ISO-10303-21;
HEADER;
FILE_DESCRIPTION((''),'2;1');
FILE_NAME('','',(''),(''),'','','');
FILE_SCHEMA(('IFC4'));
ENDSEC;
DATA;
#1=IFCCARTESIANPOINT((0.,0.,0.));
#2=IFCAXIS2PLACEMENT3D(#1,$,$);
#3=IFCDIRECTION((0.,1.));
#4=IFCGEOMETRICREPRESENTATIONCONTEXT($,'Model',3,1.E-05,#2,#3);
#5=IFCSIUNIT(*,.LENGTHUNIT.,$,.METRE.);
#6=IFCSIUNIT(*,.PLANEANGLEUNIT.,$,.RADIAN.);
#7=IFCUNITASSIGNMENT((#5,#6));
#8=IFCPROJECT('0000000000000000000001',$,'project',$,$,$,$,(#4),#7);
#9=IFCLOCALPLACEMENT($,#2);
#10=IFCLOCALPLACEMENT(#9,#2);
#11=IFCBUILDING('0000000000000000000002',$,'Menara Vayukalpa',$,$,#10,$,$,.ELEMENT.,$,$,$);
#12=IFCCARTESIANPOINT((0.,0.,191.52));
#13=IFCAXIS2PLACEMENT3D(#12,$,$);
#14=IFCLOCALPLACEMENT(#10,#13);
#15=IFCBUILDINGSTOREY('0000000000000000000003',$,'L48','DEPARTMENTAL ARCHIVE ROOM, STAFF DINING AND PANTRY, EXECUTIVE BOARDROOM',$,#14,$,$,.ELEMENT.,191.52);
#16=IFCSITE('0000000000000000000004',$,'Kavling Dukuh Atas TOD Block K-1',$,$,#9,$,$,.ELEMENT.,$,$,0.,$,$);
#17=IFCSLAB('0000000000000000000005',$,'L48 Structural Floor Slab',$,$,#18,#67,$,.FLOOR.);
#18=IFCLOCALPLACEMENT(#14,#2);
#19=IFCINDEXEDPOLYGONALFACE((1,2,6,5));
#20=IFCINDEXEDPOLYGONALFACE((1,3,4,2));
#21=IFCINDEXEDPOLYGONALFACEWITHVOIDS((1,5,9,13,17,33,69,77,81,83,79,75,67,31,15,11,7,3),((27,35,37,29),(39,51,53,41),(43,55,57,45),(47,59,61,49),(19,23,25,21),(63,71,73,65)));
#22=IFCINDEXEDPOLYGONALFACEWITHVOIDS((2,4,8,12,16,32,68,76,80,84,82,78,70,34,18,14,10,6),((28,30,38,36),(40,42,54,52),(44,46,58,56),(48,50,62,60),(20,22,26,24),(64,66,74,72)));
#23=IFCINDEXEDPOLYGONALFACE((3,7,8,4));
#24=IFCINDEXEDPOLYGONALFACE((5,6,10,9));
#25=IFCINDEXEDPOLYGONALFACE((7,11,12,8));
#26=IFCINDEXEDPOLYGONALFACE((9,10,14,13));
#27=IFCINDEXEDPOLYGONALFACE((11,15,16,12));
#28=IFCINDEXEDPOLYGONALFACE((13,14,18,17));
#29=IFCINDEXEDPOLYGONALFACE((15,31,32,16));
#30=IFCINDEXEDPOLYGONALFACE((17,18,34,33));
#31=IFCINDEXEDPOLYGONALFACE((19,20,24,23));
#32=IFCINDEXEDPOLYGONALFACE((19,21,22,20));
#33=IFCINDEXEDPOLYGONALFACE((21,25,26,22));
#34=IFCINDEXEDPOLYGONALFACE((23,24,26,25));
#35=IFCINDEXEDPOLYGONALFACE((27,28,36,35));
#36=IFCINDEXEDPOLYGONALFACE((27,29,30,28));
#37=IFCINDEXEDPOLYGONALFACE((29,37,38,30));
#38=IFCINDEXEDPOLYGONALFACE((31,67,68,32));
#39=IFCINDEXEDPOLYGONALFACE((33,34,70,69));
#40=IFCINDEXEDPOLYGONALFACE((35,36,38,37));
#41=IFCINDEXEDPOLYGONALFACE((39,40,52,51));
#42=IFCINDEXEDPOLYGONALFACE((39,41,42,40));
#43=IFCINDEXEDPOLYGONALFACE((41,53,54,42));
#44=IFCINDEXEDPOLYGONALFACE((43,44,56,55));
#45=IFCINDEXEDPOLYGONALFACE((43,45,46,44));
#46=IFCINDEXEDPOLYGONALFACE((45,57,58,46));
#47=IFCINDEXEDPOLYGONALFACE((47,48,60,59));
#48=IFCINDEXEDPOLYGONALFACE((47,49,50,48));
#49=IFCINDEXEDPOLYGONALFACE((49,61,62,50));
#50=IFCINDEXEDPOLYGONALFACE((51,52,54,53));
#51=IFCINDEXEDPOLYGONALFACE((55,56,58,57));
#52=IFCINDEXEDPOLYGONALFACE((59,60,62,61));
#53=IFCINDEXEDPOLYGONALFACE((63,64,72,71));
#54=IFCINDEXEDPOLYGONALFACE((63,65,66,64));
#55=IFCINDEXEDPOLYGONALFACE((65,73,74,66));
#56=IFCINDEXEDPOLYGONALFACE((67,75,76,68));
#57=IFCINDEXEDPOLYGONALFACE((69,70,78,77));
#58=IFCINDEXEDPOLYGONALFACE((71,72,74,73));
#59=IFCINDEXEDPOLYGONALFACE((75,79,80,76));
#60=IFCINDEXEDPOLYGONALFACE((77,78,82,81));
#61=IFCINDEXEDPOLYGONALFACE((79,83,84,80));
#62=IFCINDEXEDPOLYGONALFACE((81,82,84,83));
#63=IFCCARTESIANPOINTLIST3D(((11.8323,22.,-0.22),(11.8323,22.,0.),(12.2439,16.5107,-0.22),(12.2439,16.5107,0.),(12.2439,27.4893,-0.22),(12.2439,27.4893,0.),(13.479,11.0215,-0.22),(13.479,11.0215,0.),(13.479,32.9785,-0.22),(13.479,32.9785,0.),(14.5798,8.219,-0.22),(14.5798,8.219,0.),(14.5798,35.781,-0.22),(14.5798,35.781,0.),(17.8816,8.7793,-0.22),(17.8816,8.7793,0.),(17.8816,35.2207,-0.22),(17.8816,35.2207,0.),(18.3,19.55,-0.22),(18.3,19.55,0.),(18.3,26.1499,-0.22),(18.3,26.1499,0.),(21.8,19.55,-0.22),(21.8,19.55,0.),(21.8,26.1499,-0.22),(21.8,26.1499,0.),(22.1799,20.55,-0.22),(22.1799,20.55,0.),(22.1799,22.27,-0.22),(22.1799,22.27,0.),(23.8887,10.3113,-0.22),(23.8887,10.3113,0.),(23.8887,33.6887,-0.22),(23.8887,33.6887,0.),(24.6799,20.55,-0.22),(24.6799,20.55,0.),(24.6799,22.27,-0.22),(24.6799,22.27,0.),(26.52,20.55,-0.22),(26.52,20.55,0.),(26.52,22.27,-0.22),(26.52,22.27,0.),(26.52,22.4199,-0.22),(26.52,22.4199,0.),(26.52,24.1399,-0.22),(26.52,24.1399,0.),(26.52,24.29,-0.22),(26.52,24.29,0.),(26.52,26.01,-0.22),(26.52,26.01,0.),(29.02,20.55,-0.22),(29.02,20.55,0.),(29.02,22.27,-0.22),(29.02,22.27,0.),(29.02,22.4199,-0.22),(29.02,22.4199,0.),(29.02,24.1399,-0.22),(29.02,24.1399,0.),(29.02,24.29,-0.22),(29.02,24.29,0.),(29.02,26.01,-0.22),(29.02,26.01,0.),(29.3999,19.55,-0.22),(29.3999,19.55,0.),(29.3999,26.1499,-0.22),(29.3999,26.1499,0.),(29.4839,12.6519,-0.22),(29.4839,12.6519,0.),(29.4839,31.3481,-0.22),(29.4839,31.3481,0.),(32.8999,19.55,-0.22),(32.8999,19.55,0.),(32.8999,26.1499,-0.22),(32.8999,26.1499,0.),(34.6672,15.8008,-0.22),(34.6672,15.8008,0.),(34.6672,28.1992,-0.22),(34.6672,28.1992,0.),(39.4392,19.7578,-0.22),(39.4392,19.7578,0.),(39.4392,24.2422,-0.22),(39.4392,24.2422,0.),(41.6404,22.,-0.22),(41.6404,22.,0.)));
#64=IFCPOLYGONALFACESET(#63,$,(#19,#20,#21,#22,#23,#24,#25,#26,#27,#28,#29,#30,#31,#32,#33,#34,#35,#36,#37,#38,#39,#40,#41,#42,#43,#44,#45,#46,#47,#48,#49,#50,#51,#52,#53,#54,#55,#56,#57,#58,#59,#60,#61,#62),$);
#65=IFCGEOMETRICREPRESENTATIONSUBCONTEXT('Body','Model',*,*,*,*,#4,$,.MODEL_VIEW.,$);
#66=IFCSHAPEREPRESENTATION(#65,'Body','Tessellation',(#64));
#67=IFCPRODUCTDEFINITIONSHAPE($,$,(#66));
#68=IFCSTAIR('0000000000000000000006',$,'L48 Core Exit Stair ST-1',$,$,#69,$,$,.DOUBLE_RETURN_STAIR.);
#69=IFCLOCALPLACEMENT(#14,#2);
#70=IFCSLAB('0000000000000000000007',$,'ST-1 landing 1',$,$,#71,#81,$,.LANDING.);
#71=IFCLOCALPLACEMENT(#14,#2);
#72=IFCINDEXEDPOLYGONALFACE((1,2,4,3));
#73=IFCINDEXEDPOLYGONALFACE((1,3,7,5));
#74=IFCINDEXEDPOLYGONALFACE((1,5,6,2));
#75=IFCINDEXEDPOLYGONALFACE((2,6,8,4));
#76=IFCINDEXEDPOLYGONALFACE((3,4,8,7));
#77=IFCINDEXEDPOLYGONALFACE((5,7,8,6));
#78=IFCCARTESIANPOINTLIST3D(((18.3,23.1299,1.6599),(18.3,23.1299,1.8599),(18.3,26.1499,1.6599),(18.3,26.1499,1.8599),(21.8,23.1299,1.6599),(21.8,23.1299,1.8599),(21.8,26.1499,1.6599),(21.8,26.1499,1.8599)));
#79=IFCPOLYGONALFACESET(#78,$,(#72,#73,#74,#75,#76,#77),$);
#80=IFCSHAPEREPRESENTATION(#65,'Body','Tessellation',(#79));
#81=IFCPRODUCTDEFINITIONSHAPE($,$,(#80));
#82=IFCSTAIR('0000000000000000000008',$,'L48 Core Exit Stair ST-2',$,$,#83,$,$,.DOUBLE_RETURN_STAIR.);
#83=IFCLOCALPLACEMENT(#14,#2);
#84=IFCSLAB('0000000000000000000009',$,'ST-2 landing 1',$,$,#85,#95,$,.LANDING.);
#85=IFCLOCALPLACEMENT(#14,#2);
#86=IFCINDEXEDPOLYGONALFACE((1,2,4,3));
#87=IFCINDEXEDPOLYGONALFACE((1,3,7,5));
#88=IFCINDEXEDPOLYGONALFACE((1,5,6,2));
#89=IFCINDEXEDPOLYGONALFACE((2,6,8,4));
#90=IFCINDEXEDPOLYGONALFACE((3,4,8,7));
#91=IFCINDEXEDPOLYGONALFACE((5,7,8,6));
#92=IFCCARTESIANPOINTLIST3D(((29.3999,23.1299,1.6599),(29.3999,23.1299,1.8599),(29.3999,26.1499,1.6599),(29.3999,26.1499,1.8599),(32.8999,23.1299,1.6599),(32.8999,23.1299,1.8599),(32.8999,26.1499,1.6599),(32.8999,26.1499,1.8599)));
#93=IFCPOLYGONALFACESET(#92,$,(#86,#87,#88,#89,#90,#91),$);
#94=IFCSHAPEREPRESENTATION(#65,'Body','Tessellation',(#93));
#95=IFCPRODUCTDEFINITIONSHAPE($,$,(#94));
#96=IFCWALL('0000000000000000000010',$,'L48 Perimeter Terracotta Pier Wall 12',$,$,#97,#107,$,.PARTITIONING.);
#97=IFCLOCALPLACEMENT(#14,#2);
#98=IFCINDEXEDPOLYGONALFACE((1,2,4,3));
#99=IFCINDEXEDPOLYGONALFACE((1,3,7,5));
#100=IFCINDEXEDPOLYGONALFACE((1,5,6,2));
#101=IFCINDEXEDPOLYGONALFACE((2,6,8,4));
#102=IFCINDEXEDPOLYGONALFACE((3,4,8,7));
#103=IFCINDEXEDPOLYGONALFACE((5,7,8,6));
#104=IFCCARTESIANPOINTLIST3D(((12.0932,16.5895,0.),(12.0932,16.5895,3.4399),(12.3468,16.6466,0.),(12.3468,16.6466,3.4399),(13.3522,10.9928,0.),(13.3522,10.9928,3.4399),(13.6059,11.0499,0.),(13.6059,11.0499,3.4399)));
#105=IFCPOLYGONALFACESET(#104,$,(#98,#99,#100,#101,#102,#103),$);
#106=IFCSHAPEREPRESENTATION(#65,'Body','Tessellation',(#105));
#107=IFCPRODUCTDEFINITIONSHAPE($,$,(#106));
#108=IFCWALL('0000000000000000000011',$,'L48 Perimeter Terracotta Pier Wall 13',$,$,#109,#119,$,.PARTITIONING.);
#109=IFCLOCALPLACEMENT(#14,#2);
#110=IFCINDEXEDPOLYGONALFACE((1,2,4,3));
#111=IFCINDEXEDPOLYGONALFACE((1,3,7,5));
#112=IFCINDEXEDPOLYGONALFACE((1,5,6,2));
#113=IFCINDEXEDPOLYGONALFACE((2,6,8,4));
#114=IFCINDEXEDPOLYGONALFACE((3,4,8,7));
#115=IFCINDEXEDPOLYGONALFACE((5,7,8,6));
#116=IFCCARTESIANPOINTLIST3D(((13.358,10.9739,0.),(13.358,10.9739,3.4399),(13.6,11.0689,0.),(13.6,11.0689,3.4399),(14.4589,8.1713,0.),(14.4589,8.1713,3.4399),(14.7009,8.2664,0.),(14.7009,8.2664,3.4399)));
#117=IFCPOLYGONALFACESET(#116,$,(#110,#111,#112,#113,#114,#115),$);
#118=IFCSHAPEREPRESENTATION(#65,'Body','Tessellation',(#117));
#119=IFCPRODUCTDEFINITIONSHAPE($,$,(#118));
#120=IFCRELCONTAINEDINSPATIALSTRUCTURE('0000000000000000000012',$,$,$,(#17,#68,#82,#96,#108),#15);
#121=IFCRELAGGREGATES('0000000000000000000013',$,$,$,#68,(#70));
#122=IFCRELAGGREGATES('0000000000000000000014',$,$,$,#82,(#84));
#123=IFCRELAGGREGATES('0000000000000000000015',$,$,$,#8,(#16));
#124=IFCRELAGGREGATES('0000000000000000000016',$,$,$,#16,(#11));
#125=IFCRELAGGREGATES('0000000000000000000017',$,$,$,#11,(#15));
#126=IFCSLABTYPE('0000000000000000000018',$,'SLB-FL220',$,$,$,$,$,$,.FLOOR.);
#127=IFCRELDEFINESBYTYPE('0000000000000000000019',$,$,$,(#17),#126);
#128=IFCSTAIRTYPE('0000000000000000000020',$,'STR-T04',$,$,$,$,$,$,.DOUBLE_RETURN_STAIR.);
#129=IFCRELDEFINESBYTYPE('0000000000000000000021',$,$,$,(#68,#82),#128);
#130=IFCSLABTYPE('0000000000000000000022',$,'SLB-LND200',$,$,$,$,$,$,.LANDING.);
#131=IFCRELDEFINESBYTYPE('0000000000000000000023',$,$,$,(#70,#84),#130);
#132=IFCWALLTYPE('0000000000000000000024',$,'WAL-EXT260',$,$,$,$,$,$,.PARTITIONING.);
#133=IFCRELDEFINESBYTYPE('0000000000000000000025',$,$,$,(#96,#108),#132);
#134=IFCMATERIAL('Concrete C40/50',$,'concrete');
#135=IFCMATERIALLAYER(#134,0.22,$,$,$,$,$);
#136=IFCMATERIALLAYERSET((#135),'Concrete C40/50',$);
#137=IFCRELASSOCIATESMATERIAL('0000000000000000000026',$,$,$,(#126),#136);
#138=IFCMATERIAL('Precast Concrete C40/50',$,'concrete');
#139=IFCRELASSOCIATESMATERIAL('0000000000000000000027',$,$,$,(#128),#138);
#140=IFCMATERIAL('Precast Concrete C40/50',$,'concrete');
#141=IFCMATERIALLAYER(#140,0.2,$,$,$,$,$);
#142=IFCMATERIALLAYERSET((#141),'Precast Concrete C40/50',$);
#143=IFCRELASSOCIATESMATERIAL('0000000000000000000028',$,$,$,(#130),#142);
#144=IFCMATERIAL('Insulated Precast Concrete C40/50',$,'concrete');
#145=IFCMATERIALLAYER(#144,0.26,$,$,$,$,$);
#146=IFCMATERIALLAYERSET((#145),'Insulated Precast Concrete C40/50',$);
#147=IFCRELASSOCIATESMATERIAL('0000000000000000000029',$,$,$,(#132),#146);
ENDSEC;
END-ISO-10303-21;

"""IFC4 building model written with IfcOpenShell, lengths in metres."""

from ifc_helpers import new_model, si_unit, direction, frame, frame_2d, origin, place, context, subcontext, project, spatial, polyline, rectangle, outline, extrude, material, layer, layer_set, type_object, element, aggregate, save


model = new_model("IFC4")

# Units and contexts
model_context = context("Model", 3, precision=1e-05, world=origin(), true_north=direction((0.0, 1.0)))
body_context = subcontext(model_context, "Body", "Model", "MODEL_VIEW")
ifc_project = project(units=[si_unit("LENGTHUNIT", "METRE"), si_unit("PLANEANGLEUNIT", "RADIAN")], contexts=[model_context])

# Site, building, storey
site_placement = place(None, origin())
site = spatial("IfcSite", under=ifc_project, at=site_placement, Name="Kavling Dukuh Atas TOD Block K-1", CompositionType="ELEMENT", RefElevation=0.0)
building_placement = place(site_placement, origin())
building = spatial("IfcBuilding", under=site, at=building_placement, Name="Menara Vayukalpa", CompositionType="ELEMENT")
storey_placement = place(building_placement, frame((0.0, 0.0, 191.52)))
storey = spatial("IfcBuildingStorey", under=building, at=storey_placement, Name="L48", Description="DEPARTMENTAL ARCHIVE ROOM, STAFF DINING AND PANTRY, EXECUTIVE BOARDROOM", CompositionType="ELEMENT", Elevation=191.52)

# Slab
ifc_material_1 = material(Name="Concrete C40/50", Category="concrete")
ifc_layer_1 = layer(ifc_material_1, 0.22)
ifc_layer_set_1 = layer_set([ifc_layer_1], Name="Concrete C40/50")
slab_type_1 = type_object("IfcSlabType", Name="SLB-FL220", PredefinedType="FLOOR", material=ifc_layer_set_1)
slab_1_placement = place(storey_placement, frame((0.0, 0.0, -0.22)))
element("IfcSlab", 1, at=slab_1_placement, inside=storey, type_object=slab_type_1, Name="L48 Structural Floor Slab", PredefinedType="FLOOR", context=body_context, shape_type="SweptSolid", body=[
    extrude(outline(polyline([(39.4392, 19.7578), (41.6404, 22.0), (39.4392, 24.2422), (34.6672, 28.1992), (29.4839, 31.3481), (23.8887, 33.6887), (17.8816, 35.2207), (14.5798, 35.781), (13.479, 32.9785), (12.2439, 27.4893), (11.8323, 22.0), (12.2439, 16.5107), (13.479, 11.0215), (14.5798, 8.219), (17.8816, 8.7793), (23.8887, 10.3113), (29.4839, 12.6519), (34.6672, 15.8008), (39.4392, 19.7578)]), holes=[polyline([(21.8, 19.55), (21.8, 26.1499), (18.3, 26.1499), (18.3, 19.55), (21.8, 19.55)]), polyline([(32.8999, 19.55), (32.8999, 26.1499), (29.3999, 26.1499), (29.3999, 19.55), (32.8999, 19.55)]), polyline([(22.1799, 20.55), (24.6799, 20.55), (24.6799, 22.27), (22.1799, 22.27), (22.1799, 20.55)]), polyline([(26.52, 20.55), (29.02, 20.55), (29.02, 22.27), (26.52, 22.27), (26.52, 20.55)]), polyline([(26.52, 24.29), (29.02, 24.29), (29.02, 26.01), (26.52, 26.01), (26.52, 24.29)]), polyline([(26.52, 22.4199), (29.02, 22.4199), (29.02, 24.1399), (26.52, 24.1399), (26.52, 22.4199)])]), origin(), (0.0, 0.0, 1.0), 0.22),
])

# Stairs, slabs
ifc_material_2 = material(Name="Precast Concrete C40/50", Category="concrete")
stair_type = type_object("IfcStairType", Name="STR-T04", PredefinedType="DOUBLE_RETURN_STAIR", material=ifc_material_2)
stair_1_placement = place(storey_placement, origin())
stair_1 = element("IfcStair", 2, at=stair_1_placement, inside=storey, type_object=stair_type, Name="L48 Core Exit Stair ST-1", PredefinedType="DOUBLE_RETURN_STAIR")
ifc_material_3 = material(Name="Precast Concrete C40/50", Category="concrete")
ifc_layer_2 = layer(ifc_material_3, 0.2)
ifc_layer_set_2 = layer_set([ifc_layer_2], Name="Precast Concrete C40/50")
slab_type_2 = type_object("IfcSlabType", Name="SLB-LND200", PredefinedType="LANDING", material=ifc_layer_set_2)
slab_2_placement = place(storey_placement, frame((0.0, 0.0, 1.6599)))
slab_2 = element("IfcSlab", 3, at=slab_2_placement, type_object=slab_type_2, Name="ST-1 landing 1", PredefinedType="LANDING", context=body_context, shape_type="SweptSolid", body=[
    extrude(outline(polyline([(21.8, 23.1299), (21.8, 26.1499), (18.3, 26.1499), (18.3, 23.1299), (21.8, 23.1299)])), origin(), (0.0, 0.0, 1.0), 0.2),
])
aggregate(stair_1, [slab_2])
stair_2_placement = place(storey_placement, origin())
stair_2 = element("IfcStair", 4, at=stair_2_placement, inside=storey, type_object=stair_type, Name="L48 Core Exit Stair ST-2", PredefinedType="DOUBLE_RETURN_STAIR")
slab_3_placement = place(storey_placement, frame((0.0, 0.0, 1.6599)))
slab_3 = element("IfcSlab", 5, at=slab_3_placement, type_object=slab_type_2, Name="ST-2 landing 1", PredefinedType="LANDING", context=body_context, shape_type="SweptSolid", body=[
    extrude(outline(polyline([(32.8999, 23.1299), (32.8999, 26.1499), (29.3999, 26.1499), (29.3999, 23.1299), (32.8999, 23.1299)])), origin(), (0.0, 0.0, 1.0), 0.2),
])
aggregate(stair_2, [slab_3])

# Walls
ifc_material_4 = material(Name="Insulated Precast Concrete C40/50", Category="concrete")
ifc_layer_3 = layer(ifc_material_4, 0.26)
ifc_layer_set_3 = layer_set([ifc_layer_3], Name="Insulated Precast Concrete C40/50")
wall_type = type_object("IfcWallType", Name="WAL-EXT260", PredefinedType="PARTITIONING", material=ifc_layer_set_3)
wall_1_placement = place(storey_placement, frame((13.479, 11.0215, 0.0), z_axis=(0.0, 0.0, 1.0), x_axis=(-0.219476, 0.975618, 0.0)))
element("IfcWall", 6, at=wall_1_placement, inside=storey, type_object=wall_type, Name="L48 Perimeter Terracotta Pier Wall 12", PredefinedType="PARTITIONING", context=body_context, shape_type="SweptSolid", body=[
    extrude(rectangle(XDim=5.7366, YDim=0.26, at=frame_2d((2.8682, 0.0))), origin(), (0.0, 0.0, 1.0), 3.4399),
])
wall_2_placement = place(storey_placement, frame((14.5798, 8.219, 0.0), z_axis=(0.0, 0.0, 1.0), x_axis=(-0.36561, 0.930768, 0.0)))
element("IfcWall", 7, at=wall_2_placement, inside=storey, type_object=wall_type, Name="L48 Perimeter Terracotta Pier Wall 13", PredefinedType="PARTITIONING", context=body_context, shape_type="SweptSolid", body=[
    extrude(rectangle(XDim=3.011, YDim=0.26, at=frame_2d((1.5054, 0.0))), origin(), (0.0, 0.0, 1.0), 3.4399),
])

save(model, "model.ifc")
